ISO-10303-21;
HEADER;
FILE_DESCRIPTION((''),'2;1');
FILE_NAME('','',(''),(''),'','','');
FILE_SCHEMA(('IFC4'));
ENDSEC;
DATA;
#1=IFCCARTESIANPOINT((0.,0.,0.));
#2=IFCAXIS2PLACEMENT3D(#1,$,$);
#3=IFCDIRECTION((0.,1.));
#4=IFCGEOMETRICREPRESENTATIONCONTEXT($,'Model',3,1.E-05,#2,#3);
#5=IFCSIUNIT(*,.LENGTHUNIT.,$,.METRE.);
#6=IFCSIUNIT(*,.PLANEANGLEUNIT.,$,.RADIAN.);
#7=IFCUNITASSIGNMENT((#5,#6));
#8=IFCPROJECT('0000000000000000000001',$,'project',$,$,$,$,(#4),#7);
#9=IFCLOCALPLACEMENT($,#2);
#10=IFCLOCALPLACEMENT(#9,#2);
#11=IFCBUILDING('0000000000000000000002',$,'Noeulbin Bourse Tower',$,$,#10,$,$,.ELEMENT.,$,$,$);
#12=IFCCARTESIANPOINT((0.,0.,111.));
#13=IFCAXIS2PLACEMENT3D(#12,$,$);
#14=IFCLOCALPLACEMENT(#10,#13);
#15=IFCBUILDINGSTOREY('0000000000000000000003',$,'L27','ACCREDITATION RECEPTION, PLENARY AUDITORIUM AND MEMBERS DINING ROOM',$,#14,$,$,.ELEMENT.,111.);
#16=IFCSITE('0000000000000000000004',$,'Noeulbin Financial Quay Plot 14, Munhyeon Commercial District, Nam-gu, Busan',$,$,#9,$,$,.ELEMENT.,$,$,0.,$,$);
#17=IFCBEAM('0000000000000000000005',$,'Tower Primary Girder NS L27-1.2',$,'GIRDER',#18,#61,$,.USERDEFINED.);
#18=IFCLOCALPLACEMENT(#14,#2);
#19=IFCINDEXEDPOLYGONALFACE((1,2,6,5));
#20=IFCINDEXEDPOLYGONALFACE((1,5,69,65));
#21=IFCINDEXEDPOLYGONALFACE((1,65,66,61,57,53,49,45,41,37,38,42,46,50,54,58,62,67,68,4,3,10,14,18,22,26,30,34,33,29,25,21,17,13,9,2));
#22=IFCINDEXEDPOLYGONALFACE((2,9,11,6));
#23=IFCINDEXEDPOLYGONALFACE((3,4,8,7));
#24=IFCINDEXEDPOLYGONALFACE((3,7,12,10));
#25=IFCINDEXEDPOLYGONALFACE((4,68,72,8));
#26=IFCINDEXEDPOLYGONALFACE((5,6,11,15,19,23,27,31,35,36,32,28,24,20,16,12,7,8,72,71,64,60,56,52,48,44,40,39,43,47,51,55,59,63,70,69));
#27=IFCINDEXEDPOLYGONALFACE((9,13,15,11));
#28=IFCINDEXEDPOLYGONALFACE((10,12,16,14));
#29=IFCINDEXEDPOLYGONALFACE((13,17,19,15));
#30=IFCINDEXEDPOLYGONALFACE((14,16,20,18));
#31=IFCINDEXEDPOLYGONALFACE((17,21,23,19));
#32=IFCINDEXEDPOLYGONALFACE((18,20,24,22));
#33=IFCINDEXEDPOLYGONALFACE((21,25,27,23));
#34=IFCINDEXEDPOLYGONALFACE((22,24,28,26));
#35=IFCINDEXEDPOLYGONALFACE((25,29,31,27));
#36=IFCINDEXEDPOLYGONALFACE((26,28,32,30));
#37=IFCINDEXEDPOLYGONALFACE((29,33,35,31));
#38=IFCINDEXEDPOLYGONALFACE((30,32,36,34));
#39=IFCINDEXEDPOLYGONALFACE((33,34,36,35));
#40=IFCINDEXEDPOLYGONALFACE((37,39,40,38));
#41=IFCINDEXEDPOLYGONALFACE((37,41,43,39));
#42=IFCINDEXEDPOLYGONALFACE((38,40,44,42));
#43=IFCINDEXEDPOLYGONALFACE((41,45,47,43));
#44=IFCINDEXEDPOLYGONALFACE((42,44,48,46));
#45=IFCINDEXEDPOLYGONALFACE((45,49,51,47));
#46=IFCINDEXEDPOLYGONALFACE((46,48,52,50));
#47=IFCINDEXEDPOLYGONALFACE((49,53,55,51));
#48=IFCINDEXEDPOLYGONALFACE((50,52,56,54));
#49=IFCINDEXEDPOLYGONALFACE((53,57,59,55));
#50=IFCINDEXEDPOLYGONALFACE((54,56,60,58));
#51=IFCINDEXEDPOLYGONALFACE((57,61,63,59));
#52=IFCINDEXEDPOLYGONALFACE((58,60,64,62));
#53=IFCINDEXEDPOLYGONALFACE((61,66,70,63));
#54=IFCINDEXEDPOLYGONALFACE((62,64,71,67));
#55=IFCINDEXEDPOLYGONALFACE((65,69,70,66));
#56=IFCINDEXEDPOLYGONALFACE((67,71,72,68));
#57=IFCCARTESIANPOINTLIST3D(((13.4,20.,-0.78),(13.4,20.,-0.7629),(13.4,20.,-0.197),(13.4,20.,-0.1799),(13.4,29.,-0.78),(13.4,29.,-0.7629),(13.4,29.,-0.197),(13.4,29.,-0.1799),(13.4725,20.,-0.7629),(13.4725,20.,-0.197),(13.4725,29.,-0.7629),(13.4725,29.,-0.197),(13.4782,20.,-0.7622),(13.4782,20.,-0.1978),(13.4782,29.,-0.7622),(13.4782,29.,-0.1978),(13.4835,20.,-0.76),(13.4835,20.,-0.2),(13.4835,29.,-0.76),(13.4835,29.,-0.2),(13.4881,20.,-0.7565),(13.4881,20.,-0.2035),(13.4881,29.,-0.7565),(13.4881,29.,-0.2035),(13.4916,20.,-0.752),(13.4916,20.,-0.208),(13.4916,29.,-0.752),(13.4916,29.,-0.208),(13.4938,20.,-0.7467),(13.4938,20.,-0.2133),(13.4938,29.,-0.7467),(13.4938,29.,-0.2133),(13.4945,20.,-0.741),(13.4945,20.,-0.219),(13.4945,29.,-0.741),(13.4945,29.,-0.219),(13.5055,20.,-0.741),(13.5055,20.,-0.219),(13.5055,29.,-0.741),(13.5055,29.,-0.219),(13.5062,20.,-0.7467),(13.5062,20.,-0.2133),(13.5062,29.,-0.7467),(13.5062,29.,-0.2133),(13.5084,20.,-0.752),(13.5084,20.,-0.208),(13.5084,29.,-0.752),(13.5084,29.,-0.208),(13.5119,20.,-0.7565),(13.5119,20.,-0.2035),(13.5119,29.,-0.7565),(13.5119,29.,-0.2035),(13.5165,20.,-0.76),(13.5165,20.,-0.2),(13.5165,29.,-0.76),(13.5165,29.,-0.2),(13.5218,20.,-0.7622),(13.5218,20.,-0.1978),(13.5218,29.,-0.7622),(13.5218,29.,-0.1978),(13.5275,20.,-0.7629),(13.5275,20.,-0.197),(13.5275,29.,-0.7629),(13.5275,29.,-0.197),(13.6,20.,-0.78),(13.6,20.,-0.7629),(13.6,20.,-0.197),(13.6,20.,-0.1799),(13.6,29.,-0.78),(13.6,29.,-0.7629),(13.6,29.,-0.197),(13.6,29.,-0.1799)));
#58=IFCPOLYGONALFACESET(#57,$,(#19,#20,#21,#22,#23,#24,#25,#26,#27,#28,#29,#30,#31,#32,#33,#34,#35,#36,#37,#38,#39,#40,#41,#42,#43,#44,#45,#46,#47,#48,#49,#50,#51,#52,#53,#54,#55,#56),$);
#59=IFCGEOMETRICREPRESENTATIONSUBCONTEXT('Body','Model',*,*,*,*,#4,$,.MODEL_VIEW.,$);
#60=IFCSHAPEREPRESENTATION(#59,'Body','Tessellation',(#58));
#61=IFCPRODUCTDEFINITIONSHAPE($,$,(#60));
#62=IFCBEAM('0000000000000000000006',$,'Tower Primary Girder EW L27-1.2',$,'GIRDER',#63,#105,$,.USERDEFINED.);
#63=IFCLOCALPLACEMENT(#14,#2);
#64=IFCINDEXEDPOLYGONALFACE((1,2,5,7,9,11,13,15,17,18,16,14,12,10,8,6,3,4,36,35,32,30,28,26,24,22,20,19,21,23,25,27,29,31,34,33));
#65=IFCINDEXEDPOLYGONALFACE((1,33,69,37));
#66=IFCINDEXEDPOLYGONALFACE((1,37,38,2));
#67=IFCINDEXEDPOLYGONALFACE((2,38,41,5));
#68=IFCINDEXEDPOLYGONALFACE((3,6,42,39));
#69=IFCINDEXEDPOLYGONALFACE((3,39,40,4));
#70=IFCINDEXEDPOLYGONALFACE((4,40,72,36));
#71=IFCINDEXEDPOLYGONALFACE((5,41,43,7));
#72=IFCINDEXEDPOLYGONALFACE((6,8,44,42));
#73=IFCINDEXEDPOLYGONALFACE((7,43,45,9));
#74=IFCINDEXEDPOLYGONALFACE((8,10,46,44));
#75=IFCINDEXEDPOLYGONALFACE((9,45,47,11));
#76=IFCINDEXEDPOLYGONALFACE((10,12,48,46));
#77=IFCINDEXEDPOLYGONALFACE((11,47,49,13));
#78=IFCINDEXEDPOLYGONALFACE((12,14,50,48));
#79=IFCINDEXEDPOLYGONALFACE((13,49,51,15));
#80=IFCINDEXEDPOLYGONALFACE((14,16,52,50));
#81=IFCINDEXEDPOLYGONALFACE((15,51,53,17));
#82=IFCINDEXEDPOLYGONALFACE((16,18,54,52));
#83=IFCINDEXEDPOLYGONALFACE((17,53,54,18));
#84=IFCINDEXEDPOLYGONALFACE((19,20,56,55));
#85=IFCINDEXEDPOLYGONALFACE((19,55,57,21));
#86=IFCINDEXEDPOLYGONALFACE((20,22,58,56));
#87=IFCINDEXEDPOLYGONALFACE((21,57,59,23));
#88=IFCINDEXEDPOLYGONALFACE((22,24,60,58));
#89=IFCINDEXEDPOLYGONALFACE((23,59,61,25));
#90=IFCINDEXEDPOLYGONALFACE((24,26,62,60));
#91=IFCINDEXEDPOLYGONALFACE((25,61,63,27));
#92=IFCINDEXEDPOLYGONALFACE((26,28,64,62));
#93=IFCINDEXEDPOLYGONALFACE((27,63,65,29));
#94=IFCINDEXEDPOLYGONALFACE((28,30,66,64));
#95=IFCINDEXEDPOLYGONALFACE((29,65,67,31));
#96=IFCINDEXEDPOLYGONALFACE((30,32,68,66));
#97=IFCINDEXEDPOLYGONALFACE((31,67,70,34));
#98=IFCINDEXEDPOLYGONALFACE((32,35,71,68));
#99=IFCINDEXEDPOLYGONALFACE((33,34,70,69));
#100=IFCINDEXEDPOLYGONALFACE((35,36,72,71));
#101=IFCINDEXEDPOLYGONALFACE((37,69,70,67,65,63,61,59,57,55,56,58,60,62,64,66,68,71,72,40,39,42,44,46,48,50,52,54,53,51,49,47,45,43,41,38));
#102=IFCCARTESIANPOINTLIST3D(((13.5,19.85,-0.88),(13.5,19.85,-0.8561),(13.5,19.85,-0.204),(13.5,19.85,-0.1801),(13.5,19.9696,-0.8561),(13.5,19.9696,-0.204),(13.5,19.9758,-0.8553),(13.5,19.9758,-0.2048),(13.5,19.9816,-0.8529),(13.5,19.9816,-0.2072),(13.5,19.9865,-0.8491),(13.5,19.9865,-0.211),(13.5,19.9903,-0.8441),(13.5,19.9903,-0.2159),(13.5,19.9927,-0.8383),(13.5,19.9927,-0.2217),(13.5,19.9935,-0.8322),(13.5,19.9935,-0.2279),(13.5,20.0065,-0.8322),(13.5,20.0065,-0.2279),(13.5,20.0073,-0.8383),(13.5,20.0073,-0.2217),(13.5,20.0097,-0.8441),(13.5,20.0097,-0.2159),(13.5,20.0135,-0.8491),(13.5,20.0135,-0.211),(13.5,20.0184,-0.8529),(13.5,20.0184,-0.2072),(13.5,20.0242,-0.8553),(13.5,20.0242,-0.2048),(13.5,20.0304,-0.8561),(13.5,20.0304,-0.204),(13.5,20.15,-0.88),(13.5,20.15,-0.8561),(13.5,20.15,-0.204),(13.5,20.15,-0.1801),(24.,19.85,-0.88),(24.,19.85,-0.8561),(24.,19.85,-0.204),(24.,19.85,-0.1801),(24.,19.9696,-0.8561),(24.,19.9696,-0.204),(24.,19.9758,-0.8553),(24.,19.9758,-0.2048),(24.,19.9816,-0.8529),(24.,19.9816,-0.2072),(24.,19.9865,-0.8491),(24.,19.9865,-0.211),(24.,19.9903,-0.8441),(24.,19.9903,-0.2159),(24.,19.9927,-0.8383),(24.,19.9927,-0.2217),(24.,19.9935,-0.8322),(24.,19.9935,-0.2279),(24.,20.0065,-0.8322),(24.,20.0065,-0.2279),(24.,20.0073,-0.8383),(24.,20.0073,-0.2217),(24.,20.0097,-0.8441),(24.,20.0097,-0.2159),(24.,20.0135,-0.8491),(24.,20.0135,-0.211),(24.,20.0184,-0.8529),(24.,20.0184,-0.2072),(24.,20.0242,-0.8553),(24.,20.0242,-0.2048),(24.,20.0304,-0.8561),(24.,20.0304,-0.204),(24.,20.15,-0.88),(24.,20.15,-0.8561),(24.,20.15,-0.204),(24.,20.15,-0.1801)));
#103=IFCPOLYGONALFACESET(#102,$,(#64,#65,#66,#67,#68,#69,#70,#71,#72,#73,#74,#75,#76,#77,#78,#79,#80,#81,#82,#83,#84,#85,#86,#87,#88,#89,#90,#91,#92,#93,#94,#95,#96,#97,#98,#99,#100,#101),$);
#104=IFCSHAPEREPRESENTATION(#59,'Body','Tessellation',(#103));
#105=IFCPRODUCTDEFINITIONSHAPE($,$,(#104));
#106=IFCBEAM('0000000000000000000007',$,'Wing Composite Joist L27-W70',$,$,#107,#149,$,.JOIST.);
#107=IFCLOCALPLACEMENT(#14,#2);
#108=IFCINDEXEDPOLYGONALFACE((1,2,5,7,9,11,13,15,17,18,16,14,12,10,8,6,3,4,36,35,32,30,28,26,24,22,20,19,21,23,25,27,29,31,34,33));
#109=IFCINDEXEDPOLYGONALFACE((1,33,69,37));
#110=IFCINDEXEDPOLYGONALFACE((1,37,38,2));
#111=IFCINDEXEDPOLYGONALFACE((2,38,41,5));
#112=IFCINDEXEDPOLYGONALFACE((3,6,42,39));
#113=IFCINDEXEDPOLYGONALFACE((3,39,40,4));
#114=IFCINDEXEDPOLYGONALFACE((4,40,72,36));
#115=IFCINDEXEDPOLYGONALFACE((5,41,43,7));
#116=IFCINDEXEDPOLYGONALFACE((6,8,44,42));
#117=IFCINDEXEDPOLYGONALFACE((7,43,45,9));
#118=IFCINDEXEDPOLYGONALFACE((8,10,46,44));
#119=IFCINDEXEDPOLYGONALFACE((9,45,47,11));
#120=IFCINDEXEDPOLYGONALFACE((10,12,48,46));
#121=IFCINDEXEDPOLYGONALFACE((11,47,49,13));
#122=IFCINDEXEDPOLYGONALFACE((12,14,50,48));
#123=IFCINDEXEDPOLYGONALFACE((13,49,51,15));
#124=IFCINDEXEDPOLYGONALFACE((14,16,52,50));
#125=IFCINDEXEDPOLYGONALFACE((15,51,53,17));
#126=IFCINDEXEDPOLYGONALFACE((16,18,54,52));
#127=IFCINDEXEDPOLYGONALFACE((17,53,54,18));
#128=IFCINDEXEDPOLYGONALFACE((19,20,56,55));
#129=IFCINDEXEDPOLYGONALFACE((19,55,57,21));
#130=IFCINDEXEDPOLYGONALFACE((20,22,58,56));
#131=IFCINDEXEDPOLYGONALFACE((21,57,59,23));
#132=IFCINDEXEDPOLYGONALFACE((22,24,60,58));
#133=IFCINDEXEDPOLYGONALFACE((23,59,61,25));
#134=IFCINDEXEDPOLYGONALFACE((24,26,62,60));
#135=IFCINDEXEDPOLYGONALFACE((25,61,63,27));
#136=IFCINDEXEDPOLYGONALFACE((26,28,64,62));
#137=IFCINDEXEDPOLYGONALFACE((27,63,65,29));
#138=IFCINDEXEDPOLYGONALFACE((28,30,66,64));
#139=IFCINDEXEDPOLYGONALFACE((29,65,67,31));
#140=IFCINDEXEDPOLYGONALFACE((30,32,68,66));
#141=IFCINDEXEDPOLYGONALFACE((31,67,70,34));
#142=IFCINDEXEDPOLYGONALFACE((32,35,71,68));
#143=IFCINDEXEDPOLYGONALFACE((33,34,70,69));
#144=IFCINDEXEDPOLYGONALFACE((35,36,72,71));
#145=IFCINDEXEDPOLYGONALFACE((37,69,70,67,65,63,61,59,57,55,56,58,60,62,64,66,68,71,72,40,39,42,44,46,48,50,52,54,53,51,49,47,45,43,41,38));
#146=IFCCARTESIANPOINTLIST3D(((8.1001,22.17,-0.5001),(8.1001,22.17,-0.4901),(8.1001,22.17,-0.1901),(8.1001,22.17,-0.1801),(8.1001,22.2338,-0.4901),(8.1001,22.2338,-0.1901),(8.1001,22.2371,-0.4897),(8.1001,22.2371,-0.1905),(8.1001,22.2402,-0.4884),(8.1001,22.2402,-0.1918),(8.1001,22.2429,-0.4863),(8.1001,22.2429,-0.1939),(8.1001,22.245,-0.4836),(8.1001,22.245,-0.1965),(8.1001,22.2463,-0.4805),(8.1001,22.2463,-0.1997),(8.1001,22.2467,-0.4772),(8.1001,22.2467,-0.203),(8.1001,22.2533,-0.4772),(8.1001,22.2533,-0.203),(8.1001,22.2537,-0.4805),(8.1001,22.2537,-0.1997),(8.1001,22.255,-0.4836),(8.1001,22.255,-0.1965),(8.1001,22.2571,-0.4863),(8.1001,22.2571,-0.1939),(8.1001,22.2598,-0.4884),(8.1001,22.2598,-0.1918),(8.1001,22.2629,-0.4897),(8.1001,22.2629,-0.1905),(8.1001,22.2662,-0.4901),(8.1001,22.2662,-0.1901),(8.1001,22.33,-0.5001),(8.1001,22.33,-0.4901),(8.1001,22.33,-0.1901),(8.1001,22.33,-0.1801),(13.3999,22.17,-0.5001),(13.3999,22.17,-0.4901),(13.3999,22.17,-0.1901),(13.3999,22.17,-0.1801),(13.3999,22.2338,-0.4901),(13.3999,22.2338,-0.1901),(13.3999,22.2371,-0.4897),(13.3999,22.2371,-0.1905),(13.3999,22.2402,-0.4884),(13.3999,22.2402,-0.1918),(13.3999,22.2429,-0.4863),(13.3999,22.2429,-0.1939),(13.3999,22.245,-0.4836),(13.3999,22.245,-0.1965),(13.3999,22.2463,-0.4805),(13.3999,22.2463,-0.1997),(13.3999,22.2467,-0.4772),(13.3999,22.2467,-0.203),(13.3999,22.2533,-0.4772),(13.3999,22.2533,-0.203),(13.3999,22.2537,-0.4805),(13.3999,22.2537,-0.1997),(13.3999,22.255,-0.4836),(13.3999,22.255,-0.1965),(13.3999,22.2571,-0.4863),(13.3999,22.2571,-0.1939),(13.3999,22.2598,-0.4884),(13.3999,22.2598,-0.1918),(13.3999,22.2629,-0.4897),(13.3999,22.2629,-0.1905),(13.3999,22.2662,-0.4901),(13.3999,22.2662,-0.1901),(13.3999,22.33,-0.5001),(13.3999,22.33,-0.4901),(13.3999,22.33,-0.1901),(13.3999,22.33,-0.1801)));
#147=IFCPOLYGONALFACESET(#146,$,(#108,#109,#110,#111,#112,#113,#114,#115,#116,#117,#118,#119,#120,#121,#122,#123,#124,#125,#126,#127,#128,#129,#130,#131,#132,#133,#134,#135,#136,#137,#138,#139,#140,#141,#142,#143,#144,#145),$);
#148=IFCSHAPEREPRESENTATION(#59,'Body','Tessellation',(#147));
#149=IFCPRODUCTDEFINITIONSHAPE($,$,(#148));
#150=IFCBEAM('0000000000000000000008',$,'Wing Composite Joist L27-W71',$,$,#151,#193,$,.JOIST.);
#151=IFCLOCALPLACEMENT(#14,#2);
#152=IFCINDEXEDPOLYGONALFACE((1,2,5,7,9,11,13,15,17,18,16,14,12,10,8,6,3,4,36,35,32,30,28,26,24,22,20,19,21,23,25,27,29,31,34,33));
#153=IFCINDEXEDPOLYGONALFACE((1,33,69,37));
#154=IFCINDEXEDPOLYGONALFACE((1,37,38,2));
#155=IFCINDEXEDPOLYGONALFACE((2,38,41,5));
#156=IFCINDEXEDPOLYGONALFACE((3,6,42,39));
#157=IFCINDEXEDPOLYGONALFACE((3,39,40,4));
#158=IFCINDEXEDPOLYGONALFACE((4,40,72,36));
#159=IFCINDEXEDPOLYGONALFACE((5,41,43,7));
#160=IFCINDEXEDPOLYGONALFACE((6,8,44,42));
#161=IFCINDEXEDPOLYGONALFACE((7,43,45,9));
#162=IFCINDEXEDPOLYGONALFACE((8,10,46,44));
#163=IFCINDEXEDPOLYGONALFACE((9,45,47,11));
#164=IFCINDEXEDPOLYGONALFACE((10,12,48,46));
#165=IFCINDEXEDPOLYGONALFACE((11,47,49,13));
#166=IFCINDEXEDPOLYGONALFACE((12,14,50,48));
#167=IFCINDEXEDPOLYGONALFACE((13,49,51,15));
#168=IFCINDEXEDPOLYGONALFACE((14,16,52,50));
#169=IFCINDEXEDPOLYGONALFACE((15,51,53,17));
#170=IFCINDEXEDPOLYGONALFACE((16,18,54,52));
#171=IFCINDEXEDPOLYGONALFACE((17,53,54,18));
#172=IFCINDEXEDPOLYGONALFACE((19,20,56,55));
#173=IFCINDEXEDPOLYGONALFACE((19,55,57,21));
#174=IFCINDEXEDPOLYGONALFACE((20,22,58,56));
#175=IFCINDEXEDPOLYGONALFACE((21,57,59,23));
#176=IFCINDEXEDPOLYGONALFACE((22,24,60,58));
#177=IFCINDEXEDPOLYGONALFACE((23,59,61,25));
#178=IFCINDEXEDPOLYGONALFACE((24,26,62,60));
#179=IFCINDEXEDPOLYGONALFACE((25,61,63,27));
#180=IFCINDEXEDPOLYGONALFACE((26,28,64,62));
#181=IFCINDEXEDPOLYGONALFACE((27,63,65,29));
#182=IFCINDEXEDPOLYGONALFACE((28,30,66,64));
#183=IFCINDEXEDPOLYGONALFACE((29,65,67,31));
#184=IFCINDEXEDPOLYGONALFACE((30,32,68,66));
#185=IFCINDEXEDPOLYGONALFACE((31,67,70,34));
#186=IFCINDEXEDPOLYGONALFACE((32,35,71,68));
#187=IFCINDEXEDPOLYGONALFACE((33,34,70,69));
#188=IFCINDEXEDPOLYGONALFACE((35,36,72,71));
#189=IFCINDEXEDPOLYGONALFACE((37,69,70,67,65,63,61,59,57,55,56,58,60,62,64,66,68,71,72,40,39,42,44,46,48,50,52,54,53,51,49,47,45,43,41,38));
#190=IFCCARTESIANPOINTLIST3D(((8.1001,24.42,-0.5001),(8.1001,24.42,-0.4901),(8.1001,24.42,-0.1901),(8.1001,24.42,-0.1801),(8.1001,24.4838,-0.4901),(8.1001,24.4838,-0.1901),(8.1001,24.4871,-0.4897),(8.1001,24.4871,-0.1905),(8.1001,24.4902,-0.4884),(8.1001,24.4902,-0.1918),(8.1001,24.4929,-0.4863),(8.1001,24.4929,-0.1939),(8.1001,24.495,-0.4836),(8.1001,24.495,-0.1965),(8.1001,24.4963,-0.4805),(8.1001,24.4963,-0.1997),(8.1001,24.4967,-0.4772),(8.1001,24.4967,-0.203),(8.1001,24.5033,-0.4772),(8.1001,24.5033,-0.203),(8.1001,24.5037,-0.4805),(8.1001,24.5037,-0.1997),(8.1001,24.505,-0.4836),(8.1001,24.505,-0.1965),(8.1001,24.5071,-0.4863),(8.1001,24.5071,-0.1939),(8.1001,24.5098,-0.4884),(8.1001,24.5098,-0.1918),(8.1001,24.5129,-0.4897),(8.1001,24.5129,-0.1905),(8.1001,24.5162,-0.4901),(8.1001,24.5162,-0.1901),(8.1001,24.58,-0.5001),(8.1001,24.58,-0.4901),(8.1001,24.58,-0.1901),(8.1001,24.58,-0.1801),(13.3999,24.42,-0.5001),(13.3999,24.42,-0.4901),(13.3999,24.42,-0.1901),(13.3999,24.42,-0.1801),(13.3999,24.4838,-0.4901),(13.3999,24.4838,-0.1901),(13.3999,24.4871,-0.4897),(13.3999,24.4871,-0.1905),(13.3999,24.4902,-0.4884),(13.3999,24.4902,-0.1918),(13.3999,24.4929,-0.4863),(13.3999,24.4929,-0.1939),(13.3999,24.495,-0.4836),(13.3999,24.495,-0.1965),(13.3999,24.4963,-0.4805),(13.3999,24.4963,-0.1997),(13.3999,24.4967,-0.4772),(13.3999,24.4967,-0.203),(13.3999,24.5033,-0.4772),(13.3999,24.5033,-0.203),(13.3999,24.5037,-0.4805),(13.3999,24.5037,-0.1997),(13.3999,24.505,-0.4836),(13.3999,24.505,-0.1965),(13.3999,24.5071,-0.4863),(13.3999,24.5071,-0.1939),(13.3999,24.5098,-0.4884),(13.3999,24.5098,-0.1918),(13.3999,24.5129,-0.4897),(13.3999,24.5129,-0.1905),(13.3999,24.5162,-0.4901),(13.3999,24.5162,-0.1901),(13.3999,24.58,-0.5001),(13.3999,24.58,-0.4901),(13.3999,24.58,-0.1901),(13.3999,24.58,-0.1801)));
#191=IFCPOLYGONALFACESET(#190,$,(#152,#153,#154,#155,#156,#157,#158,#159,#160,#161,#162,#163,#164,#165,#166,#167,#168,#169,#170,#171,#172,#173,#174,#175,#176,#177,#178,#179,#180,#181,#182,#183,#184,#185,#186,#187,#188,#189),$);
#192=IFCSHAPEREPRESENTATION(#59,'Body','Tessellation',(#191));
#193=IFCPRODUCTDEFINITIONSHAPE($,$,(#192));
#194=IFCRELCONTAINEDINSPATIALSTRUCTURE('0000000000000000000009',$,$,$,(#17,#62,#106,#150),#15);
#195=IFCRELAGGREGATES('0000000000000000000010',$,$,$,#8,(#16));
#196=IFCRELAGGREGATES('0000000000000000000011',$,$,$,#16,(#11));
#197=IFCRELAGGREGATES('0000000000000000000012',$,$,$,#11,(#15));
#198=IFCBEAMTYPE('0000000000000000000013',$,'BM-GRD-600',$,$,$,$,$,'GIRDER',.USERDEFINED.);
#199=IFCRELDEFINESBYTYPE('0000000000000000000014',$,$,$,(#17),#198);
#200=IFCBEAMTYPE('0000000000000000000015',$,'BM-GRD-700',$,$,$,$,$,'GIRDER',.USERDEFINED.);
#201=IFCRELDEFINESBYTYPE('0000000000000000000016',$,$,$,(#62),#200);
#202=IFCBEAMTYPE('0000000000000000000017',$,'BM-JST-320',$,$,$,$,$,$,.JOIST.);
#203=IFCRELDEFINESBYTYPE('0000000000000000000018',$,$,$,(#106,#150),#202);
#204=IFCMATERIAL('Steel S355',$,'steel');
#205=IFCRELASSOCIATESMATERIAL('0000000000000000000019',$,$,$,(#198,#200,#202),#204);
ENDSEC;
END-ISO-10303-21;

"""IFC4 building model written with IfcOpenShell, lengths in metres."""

from ifc_helpers import new_model, si_unit, direction, frame, origin, origin_2d, place, context, subcontext, project, spatial, i_section, extrude, material, material_profile, profile_set, type_object, element, save


model = new_model("IFC4")

# Units and contexts
model_context = context("Model", 3, precision=1e-05, world=origin(), true_north=direction((0.0, 1.0)))
body_context = subcontext(model_context, "Body", "Model", "MODEL_VIEW")
ifc_project = project(units=[si_unit("LENGTHUNIT", "METRE"), si_unit("PLANEANGLEUNIT", "RADIAN")], contexts=[model_context])

# Site, building, storey
site_placement = place(None, origin())
site = spatial("IfcSite", under=ifc_project, at=site_placement, Name="Noeulbin Financial Quay Plot 14, Munhyeon Commercial District, Nam-gu, Busan", CompositionType="ELEMENT", RefElevation=0.0)
building_placement = place(site_placement, origin())
building = spatial("IfcBuilding", under=site, at=building_placement, Name="Noeulbin Bourse Tower", CompositionType="ELEMENT")
storey_placement = place(building_placement, frame((0.0, 0.0, 111.0)))
storey = spatial("IfcBuildingStorey", under=building, at=storey_placement, Name="L27", Description="ACCREDITATION RECEPTION, PLENARY AUDITORIUM AND MEMBERS DINING ROOM", CompositionType="ELEMENT", Elevation=111.0)

# Beams
ifc_material_1 = material(Name="Steel S355", Category="steel")
ifc_material_profile_1 = material_profile(ifc_material_1, i_section(OverallWidth=0.2, OverallDepth=0.6001, WebThickness=0.011, FlangeThickness=0.0171, FilletRadius=0.022, at=origin_2d()), Name="H-600x200x11x17", Category="LoadBearing")
ifc_profile_set_1 = profile_set([ifc_material_profile_1], Name="Steel S355")
beam_type_1 = type_object("IfcBeamType", Name="BM-GRD-600", ElementType="GIRDER", PredefinedType="USERDEFINED", material=ifc_profile_set_1)
beam_1_placement = place(storey_placement, frame((13.5, 20.0, -0.48), z_axis=(0.0, 1.0, 0.0), x_axis=(-1.0, 0.0, 0.0)))
element("IfcBeam", 1, at=beam_1_placement, inside=storey, type_object=beam_type_1, Name="Tower Primary Girder NS L27-1.2", ObjectType="GIRDER", PredefinedType="USERDEFINED", context=body_context, shape_type="SweptSolid", body=[
    extrude(i_section(OverallWidth=0.2, OverallDepth=0.6001, WebThickness=0.011, FlangeThickness=0.0171, FilletRadius=0.022, at=origin_2d()), origin(), (0.0, 0.0, 1.0), 9.0),
])
ifc_material_profile_2 = material_profile(ifc_material_1, i_section(OverallWidth=0.3, OverallDepth=0.7, WebThickness=0.0129, FlangeThickness=0.0239, FilletRadius=0.0239, at=origin_2d()), Name="H-700x300x13x24", Category="LoadBearing")
ifc_profile_set_2 = profile_set([ifc_material_profile_2], Name="Steel S355")
beam_type_2 = type_object("IfcBeamType", Name="BM-GRD-700", ElementType="GIRDER", PredefinedType="USERDEFINED", material=ifc_profile_set_2)
beam_2_placement = place(storey_placement, frame((13.5, 20.0, -0.53), z_axis=(1.0, 0.0, 0.0), x_axis=(0.0, 1.0, 0.0)))
element("IfcBeam", 2, at=beam_2_placement, inside=storey, type_object=beam_type_2, Name="Tower Primary Girder EW L27-1.2", ObjectType="GIRDER", PredefinedType="USERDEFINED", context=body_context, shape_type="SweptSolid", body=[
    extrude(i_section(OverallWidth=0.3, OverallDepth=0.7, WebThickness=0.0129, FlangeThickness=0.0239, FilletRadius=0.0239, at=origin_2d()), origin(), (0.0, 0.0, 1.0), 10.5),
])
ifc_material_profile_3 = material_profile(ifc_material_1, i_section(OverallWidth=0.1599, OverallDepth=0.3201, WebThickness=0.0066, FlangeThickness=0.01, FilletRadius=0.0129, at=origin_2d()), Name="H-320x160x6.5x10", Category="LoadBearing")
ifc_profile_set_3 = profile_set([ifc_material_profile_3], Name="Steel S355")
beam_type_3 = type_object("IfcBeamType", Name="BM-JST-320", PredefinedType="JOIST", material=ifc_profile_set_3)
for number, where, z_axis, x_axis, name in (
    (3, (8.1001, 22.25, -0.3401), (1.0, 0.0, 0.0), (0.0, 1.0, 0.0), "Wing Composite Joist L27-W70"),
    (4, (8.1001, 24.5, -0.3401), (1.0, 0.0, 0.0), (0.0, 1.0, 0.0), "Wing Composite Joist L27-W71"),
):
    element("IfcBeam", number, at=place(storey_placement, frame(where, z_axis=z_axis, x_axis=x_axis)), inside=storey, type_object=beam_type_3, Name=name, PredefinedType="JOIST", context=body_context, shape_type="SweptSolid", body=[
        extrude(i_section(OverallWidth=0.1599, OverallDepth=0.3201, WebThickness=0.0066, FlangeThickness=0.01, FilletRadius=0.0129, at=origin_2d()), origin(), (0.0, 0.0, 1.0), 5.2998),
    ])

save(model, "model.ifc")
